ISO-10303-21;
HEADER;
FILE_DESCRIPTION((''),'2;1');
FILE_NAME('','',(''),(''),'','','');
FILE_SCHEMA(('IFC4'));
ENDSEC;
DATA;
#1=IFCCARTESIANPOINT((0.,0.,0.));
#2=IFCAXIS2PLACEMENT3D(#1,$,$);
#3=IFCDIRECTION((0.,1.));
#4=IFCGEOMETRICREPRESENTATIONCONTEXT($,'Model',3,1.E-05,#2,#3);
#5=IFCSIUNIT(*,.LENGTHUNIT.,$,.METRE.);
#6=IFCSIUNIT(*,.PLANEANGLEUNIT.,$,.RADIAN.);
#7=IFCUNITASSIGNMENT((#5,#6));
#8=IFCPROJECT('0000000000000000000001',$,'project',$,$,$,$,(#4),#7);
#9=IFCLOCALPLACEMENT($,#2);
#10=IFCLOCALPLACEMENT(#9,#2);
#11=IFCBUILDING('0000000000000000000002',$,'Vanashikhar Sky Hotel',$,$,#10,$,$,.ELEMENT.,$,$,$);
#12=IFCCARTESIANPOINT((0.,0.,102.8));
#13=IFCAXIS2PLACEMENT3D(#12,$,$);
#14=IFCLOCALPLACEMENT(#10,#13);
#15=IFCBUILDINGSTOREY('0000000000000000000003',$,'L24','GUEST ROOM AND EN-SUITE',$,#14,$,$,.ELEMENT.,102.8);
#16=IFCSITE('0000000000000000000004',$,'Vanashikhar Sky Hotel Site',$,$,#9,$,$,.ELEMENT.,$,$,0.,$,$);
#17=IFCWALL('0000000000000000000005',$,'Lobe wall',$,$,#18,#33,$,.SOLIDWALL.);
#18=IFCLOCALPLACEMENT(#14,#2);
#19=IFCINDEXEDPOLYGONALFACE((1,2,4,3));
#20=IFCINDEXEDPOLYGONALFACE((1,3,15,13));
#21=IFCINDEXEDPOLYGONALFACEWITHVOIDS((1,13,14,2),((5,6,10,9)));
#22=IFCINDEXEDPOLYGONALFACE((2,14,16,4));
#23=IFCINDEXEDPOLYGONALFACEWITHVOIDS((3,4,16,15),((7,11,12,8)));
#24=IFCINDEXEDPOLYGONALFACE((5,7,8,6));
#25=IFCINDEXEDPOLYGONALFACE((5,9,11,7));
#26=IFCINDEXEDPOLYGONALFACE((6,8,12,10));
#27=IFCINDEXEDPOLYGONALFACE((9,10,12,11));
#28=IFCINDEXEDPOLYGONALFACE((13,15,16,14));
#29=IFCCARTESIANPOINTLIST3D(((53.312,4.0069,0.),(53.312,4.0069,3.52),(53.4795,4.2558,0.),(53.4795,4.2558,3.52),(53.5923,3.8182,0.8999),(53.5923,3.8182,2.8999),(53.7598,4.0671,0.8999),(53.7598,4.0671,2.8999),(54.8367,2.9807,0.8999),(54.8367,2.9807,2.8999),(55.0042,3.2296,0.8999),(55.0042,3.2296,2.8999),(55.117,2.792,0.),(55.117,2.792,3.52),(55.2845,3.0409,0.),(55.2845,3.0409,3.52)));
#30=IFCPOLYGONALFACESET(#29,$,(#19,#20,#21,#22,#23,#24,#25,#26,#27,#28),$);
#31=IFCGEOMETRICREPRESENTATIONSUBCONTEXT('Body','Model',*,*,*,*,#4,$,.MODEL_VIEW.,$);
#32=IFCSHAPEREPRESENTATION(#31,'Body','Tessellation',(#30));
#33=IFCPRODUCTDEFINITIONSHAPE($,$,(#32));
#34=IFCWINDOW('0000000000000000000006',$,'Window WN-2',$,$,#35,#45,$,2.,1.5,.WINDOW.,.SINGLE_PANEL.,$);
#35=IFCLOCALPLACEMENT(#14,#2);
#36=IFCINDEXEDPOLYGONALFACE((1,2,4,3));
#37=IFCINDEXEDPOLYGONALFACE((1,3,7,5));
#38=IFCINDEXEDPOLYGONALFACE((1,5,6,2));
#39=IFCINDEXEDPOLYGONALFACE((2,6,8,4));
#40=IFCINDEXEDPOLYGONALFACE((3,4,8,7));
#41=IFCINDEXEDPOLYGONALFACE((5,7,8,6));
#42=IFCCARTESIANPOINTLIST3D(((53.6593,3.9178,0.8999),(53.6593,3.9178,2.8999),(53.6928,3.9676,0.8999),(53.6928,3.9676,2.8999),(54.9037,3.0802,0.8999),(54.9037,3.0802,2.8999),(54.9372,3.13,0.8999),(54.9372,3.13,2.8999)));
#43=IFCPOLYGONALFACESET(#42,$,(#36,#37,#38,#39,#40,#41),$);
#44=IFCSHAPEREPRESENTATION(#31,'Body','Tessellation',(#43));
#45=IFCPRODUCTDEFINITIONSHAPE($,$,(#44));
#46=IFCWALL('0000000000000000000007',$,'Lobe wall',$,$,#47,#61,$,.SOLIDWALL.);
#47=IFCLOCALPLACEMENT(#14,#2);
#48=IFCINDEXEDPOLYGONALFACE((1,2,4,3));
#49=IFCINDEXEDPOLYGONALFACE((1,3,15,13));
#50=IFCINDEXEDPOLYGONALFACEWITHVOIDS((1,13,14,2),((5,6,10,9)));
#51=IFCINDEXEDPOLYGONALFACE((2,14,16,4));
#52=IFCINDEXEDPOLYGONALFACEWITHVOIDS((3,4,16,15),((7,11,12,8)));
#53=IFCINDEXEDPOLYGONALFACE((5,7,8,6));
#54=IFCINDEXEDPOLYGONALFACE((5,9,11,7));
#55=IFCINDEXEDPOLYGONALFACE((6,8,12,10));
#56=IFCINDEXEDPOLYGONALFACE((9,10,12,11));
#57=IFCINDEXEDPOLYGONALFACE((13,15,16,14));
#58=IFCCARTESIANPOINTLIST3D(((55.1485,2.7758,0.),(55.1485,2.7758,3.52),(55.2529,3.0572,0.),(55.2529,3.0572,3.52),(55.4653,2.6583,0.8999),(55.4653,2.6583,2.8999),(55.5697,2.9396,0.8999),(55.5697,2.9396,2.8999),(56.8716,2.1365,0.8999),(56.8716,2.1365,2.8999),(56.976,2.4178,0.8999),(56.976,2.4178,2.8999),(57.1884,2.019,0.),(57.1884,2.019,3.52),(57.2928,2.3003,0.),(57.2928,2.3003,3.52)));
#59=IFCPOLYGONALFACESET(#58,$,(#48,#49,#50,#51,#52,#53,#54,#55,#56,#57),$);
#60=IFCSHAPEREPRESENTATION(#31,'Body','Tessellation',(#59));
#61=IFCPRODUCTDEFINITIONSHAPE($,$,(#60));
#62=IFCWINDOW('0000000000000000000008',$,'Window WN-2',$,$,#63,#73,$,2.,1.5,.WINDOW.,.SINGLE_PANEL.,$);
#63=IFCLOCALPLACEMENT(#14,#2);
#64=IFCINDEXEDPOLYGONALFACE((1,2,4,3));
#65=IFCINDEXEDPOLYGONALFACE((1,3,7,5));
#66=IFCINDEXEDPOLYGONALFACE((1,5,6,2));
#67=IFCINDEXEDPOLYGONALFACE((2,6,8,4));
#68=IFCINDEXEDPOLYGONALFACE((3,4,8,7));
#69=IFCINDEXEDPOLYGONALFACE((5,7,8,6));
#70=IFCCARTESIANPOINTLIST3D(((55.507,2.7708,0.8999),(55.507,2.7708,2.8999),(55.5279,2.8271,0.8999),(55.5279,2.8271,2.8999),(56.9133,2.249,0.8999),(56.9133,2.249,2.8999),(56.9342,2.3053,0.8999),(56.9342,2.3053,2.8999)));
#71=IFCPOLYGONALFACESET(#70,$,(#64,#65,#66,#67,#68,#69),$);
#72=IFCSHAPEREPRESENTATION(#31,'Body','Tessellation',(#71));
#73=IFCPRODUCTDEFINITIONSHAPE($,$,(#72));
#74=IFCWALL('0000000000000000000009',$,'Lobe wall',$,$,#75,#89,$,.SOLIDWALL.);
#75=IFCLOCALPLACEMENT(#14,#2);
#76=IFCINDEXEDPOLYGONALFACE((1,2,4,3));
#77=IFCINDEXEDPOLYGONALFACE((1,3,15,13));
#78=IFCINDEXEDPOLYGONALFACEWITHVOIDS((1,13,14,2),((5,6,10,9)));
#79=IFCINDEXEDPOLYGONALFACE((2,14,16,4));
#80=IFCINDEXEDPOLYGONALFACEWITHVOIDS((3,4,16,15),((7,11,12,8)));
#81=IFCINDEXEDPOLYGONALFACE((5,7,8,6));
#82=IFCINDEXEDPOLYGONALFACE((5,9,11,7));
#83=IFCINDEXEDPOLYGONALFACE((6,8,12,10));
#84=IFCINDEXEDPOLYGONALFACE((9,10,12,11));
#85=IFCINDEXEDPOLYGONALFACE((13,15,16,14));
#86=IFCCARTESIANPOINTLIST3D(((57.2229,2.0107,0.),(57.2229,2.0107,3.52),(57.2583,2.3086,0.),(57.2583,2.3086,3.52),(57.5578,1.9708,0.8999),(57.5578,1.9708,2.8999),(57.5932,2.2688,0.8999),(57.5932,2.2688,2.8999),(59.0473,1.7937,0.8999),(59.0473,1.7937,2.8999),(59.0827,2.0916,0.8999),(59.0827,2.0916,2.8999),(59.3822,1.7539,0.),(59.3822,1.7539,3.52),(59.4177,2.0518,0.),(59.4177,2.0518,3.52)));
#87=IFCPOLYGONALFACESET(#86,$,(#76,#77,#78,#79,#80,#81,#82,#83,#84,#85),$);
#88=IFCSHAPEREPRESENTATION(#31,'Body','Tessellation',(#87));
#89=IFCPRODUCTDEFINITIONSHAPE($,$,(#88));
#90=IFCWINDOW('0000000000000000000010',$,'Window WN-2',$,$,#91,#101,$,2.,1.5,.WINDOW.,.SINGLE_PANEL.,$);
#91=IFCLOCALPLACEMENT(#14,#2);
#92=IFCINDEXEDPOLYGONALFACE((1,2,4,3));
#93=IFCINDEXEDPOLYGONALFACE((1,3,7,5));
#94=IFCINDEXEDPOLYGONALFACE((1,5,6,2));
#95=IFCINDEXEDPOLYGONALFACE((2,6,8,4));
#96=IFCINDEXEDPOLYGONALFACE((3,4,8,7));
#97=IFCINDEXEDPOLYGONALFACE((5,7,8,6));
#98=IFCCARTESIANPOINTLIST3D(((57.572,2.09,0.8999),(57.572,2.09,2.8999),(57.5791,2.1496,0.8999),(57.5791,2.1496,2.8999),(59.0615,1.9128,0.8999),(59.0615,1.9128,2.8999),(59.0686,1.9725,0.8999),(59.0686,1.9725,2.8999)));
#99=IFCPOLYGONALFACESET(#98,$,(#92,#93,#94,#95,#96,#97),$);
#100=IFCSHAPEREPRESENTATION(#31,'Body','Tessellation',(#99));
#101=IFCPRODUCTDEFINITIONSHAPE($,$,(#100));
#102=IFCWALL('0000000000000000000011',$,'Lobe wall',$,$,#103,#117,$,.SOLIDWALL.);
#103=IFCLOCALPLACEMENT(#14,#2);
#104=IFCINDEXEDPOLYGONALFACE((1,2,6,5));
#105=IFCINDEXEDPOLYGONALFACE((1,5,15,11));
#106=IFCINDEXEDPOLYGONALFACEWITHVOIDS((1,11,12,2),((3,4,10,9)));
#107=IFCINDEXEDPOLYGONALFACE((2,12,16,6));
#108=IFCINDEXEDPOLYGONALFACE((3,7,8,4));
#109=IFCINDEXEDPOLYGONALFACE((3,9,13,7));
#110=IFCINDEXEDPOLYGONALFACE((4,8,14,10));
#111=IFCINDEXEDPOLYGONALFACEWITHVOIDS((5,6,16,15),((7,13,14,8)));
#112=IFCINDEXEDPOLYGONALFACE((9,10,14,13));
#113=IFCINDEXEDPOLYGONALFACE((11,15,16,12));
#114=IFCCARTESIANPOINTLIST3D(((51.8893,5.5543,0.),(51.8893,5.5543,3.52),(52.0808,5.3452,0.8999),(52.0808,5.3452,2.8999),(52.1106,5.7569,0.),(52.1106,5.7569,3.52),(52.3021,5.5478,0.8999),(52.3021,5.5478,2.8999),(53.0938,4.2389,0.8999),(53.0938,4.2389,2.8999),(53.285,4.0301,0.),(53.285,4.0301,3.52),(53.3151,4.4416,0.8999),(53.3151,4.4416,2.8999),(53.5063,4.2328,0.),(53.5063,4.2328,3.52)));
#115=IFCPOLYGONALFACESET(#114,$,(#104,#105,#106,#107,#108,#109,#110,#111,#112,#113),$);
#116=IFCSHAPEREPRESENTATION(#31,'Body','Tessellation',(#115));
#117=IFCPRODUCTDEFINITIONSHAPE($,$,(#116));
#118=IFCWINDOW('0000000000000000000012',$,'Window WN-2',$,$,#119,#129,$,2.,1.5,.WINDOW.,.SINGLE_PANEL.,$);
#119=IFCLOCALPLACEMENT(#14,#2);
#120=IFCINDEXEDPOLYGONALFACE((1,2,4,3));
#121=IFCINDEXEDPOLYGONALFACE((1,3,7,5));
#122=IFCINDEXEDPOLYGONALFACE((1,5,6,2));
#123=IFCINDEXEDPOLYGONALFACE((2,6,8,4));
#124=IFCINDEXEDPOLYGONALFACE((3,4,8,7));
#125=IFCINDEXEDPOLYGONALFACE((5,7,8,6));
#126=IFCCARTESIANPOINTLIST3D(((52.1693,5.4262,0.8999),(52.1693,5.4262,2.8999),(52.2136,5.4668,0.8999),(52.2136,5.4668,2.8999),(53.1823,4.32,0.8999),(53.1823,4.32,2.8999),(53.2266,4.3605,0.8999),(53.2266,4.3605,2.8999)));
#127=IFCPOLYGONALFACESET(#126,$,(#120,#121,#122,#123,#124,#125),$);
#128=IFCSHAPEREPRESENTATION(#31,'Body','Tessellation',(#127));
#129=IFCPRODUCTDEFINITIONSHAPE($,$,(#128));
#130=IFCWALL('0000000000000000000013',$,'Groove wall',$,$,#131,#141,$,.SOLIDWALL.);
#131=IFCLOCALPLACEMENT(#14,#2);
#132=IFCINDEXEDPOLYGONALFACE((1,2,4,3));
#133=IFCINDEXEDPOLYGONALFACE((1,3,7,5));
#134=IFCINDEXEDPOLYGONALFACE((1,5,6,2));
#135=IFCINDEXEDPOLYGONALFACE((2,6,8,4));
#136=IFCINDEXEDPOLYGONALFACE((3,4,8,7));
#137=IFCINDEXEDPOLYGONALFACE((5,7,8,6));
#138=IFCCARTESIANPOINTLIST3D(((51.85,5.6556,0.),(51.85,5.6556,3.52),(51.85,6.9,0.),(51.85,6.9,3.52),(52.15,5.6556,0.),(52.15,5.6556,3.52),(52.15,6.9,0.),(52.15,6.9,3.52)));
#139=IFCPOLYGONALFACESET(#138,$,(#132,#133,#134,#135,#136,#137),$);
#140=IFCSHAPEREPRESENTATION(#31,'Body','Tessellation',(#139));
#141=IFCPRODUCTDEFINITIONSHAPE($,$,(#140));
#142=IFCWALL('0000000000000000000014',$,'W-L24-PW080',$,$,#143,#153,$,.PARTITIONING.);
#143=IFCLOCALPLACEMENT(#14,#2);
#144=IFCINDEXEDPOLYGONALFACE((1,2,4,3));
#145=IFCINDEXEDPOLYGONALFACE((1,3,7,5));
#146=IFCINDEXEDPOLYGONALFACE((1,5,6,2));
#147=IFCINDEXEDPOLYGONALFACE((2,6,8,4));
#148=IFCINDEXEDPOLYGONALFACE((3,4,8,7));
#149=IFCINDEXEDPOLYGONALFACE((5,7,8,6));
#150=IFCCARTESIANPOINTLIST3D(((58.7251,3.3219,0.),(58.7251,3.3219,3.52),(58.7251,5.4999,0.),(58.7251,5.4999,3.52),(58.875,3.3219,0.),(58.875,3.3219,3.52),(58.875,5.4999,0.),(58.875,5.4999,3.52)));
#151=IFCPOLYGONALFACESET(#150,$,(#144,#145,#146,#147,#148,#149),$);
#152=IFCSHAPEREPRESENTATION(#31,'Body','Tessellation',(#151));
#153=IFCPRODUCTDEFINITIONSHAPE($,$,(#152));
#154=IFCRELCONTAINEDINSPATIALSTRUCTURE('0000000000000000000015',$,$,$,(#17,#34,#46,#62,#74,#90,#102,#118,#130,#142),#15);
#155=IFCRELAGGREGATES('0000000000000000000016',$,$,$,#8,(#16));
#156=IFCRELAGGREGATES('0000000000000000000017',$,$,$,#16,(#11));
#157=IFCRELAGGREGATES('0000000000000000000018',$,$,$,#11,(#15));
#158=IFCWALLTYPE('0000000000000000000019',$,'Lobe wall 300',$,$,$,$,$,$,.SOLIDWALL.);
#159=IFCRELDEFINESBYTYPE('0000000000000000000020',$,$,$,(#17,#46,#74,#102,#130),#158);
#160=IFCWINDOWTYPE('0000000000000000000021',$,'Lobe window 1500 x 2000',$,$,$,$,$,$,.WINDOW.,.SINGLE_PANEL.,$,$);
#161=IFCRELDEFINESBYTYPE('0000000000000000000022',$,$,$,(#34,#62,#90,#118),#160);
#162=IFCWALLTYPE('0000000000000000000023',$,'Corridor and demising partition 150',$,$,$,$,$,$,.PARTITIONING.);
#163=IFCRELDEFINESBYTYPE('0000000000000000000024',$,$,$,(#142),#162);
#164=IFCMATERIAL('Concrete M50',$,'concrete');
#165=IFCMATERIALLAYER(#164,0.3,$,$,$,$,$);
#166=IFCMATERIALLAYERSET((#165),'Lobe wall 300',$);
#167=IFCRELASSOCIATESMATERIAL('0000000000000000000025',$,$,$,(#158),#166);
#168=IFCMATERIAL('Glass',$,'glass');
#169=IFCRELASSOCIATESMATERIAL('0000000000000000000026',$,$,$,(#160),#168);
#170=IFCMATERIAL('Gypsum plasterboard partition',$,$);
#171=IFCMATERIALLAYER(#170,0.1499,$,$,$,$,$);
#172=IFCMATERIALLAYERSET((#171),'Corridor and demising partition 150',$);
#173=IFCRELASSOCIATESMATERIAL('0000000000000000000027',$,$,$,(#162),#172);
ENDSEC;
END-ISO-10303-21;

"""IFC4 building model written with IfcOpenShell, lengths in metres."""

from ifc_helpers import new_model, si_unit, direction, frame, frame_2d, origin, place, context, subcontext, project, spatial, rectangle, extrude, source, transform, mapped, material, layer, layer_set, type_object, element, fill, save


model = new_model("IFC4")

# Units and contexts
model_context = context("Model", 3, precision=1e-05, world=origin(), true_north=direction((0.0, 1.0)))
body_context = subcontext(model_context, "Body", "Model", "MODEL_VIEW")
ifc_project = project(units=[si_unit("LENGTHUNIT", "METRE"), si_unit("PLANEANGLEUNIT", "RADIAN")], contexts=[model_context])

# Site, building, storey
site_placement = place(None, origin())
site = spatial("IfcSite", under=ifc_project, at=site_placement, Name="Vanashikhar Sky Hotel Site", CompositionType="ELEMENT", RefElevation=0.0)
building_placement = place(site_placement, origin())
building = spatial("IfcBuilding", under=site, at=building_placement, Name="Vanashikhar Sky Hotel", CompositionType="ELEMENT")
storey_placement = place(building_placement, frame((0.0, 0.0, 102.8)))
storey = spatial("IfcBuildingStorey", under=building, at=storey_placement, Name="L24", Description="GUEST ROOM AND EN-SUITE", CompositionType="ELEMENT", Elevation=102.8)

# Walls, openings, windows
ifc_material_1 = material(Name="Concrete M50", Category="concrete")
ifc_layer_1 = layer(ifc_material_1, 0.3)
ifc_layer_set_1 = layer_set([ifc_layer_1], Name="Lobe wall 300")
wall_type_1 = type_object("IfcWallType", Name="Lobe wall 300", PredefinedType="SOLIDWALL", material=ifc_layer_set_1)
shared_shape_1 = source(origin(), body_context, "Body", "SweptSolid", [
    extrude(rectangle(XDim=2.1758, YDim=0.3, at=frame_2d((1.0879, 0.0))), origin(), (0.0, 0.0, 1.0), 3.52),
])
wall_1_placement = place(storey_placement, frame((53.3958, 4.1313, 0.0), z_axis=(0.0, 0.0, 1.0), x_axis=(0.829591, -0.558372, 0.0)))
wall_1 = element("IfcWall", 1, at=wall_1_placement, inside=storey, type_object=wall_type_1, Name="Lobe wall", PredefinedType="SOLIDWALL", context=body_context, shape_type="MappedRepresentation", body=[
    mapped(shared_shape_1, transform((0.0, 0.0, 0.0), scale=1.0)),
])
shared_shape_2 = source(origin(), body_context, "Body", "SweptSolid", [
    extrude(rectangle(XDim=1.5, YDim=2.0, at=frame_2d((0.75, 1.0))), frame((0.0, 0.1602, 0.0), z_axis=(0.0, -1.0, 0.0), x_axis=(1.0, 0.0, 0.0)), (0.0, 0.0, 1.0), 0.3201),
])
opening_1_placement = place(wall_1_placement, frame((0.3379, 0.0, 0.8999)))
opening_1 = element("IfcOpeningElement", 2, at=opening_1_placement, cuts=wall_1, PredefinedType="OPENING", context=body_context, shape_type="MappedRepresentation", body=[
    mapped(shared_shape_2, transform((0.0, 0.0, 0.0), scale=1.0)),
])
ifc_material_2 = material(Name="Glass", Category="glass")
window_type = type_object("IfcWindowType", Name="Lobe window 1500 x 2000", PartitioningType="SINGLE_PANEL", PredefinedType="WINDOW", material=ifc_material_2)
shared_shape_3 = source(origin(), body_context, "Body", "SweptSolid", [
    extrude(rectangle(XDim=1.5, YDim=2.0, at=frame_2d((0.75, 1.0))), frame((0.0, 0.03, 0.0), z_axis=(0.0, -1.0, 0.0), x_axis=(1.0, 0.0, 0.0)), (0.0, 0.0, 1.0), 0.0601),
])
window_1_placement = place(opening_1_placement, origin())
window_1 = element("IfcWindow", 3, at=window_1_placement, inside=storey, type_object=window_type, Name="Window WN-2", OverallHeight=2.0, OverallWidth=1.5, PartitioningType="SINGLE_PANEL", PredefinedType="WINDOW", context=body_context, shape_type="MappedRepresentation", body=[
    mapped(shared_shape_3, transform((0.0, 0.0, 0.0), scale=1.0)),
])
fill(opening_1, window_1)
wall_2_placement = place(storey_placement, frame((55.2007, 2.9165, 0.0), z_axis=(0.0, 0.0, 1.0), x_axis=(0.937546, -0.347863, 0.0)))
wall_2 = element("IfcWall", 4, at=wall_2_placement, inside=storey, type_object=wall_type_1, Name="Lobe wall", PredefinedType="SOLIDWALL", context=body_context, shape_type="MappedRepresentation", body=[
    mapped(shared_shape_1, transform((0.0, 0.0, 0.0), scale=1.0)),
])
opening_2_placement = place(wall_2_placement, frame((0.3379, 0.0, 0.8999)))
opening_2 = element("IfcOpeningElement", 5, at=opening_2_placement, cuts=wall_2, PredefinedType="OPENING", context=body_context, shape_type="MappedRepresentation", body=[
    mapped(shared_shape_2, transform((0.0, 0.0, 0.0), scale=1.0)),
])
window_2_placement = place(opening_2_placement, origin())
window_2 = element("IfcWindow", 6, at=window_2_placement, inside=storey, type_object=window_type, Name="Window WN-2", OverallHeight=2.0, OverallWidth=1.5, PartitioningType="SINGLE_PANEL", PredefinedType="WINDOW", context=body_context, shape_type="MappedRepresentation", body=[
    mapped(shared_shape_3, transform((0.0, 0.0, 0.0), scale=1.0)),
])
fill(opening_2, window_2)
shared_shape_4 = source(origin(), body_context, "Body", "SweptSolid", [
    extrude(rectangle(XDim=2.1746, YDim=0.3, at=frame_2d((1.0874, 0.0))), origin(), (0.0, 0.0, 1.0), 3.52),
])
wall_3_placement = place(storey_placement, frame((57.2405, 2.1597, 0.0), z_axis=(0.0, 0.0, 1.0), x_axis=(0.993001, -0.118105, 0.0)))
wall_3 = element("IfcWall", 7, at=wall_3_placement, inside=storey, type_object=wall_type_1, Name="Lobe wall", PredefinedType="SOLIDWALL", context=body_context, shape_type="MappedRepresentation", body=[
    mapped(shared_shape_4, transform((0.0, 0.0, 0.0), scale=1.0)),
])
opening_3_placement = place(wall_3_placement, frame((0.3374, 0.0, 0.8999)))
opening_3 = element("IfcOpeningElement", 8, at=opening_3_placement, cuts=wall_3, PredefinedType="OPENING", context=body_context, shape_type="MappedRepresentation", body=[
    mapped(shared_shape_2, transform((0.0, 0.0, 0.0), scale=1.0)),
])
window_3_placement = place(opening_3_placement, origin())
window_3 = element("IfcWindow", 9, at=window_3_placement, inside=storey, type_object=window_type, Name="Window WN-2", OverallHeight=2.0, OverallWidth=1.5, PartitioningType="SINGLE_PANEL", PredefinedType="WINDOW", context=body_context, shape_type="MappedRepresentation", body=[
    mapped(shared_shape_3, transform((0.0, 0.0, 0.0), scale=1.0)),
])
fill(opening_3, window_3)
shared_shape_5 = source(origin(), body_context, "Body", "SweptSolid", [
    extrude(rectangle(XDim=2.0667, YDim=0.3, at=frame_2d((1.0332, 0.0))), origin(), (0.0, 0.0, 1.0), 3.52),
])
wall_4_placement = place(storey_placement, frame((52.0, 5.6555, 0.0), z_axis=(0.0, 0.0, 1.0), x_axis=(0.675355, -0.737492, 0.0)))
wall_4 = element("IfcWall", 10, at=wall_4_placement, inside=storey, type_object=wall_type_1, Name="Lobe wall", PredefinedType="SOLIDWALL", context=body_context, shape_type="MappedRepresentation", body=[
    mapped(shared_shape_5, transform((0.0, 0.0, 0.0), scale=1.0)),
])
opening_4_placement = place(wall_4_placement, frame((0.2834, 0.0, 0.8999)))
opening_4 = element("IfcOpeningElement", 11, at=opening_4_placement, cuts=wall_4, PredefinedType="OPENING", context=body_context, shape_type="MappedRepresentation", body=[
    mapped(shared_shape_2, transform((0.0, 0.0, 0.0), scale=1.0)),
])
window_4_placement = place(opening_4_placement, origin())
window_4 = element("IfcWindow", 12, at=window_4_placement, inside=storey, type_object=window_type, Name="Window WN-2", OverallHeight=2.0, OverallWidth=1.5, PartitioningType="SINGLE_PANEL", PredefinedType="WINDOW", context=body_context, shape_type="MappedRepresentation", body=[
    mapped(shared_shape_3, transform((0.0, 0.0, 0.0), scale=1.0)),
])
fill(opening_4, window_4)

# Walls
shared_shape_6 = source(origin(), body_context, "Body", "SweptSolid", [
    extrude(rectangle(XDim=1.2444, YDim=0.3, at=frame_2d((0.6221, 0.0))), origin(), (0.0, 0.0, 1.0), 3.52),
])
wall_5_placement = place(storey_placement, frame((52.0, 6.8999, 0.0), z_axis=(0.0, 0.0, 1.0), x_axis=(0.0, -1.0, 0.0)))
element("IfcWall", 13, at=wall_5_placement, inside=storey, type_object=wall_type_1, Name="Groove wall", PredefinedType="SOLIDWALL", context=body_context, shape_type="MappedRepresentation", body=[
    mapped(shared_shape_6, transform((0.0, 0.0, 0.0), scale=1.0)),
])
ifc_material_3 = material(Name="Gypsum plasterboard partition")
ifc_layer_2 = layer(ifc_material_3, 0.1499)
ifc_layer_set_2 = layer_set([ifc_layer_2], Name="Corridor and demising partition 150")
wall_type_2 = type_object("IfcWallType", Name="Corridor and demising partition 150", PredefinedType="PARTITIONING", material=ifc_layer_set_2)
shared_shape_7 = source(origin(), body_context, "Body", "SweptSolid", [
    extrude(rectangle(XDim=2.178, YDim=0.1499, at=frame_2d((1.0889, 0.0))), origin(), (0.0, 0.0, 1.0), 3.52),
])
wall_6_placement = place(storey_placement, frame((58.8, 3.322, 0.0), z_axis=(0.0, 0.0, 1.0), x_axis=(0.0, 1.0, 0.0)))
element("IfcWall", 14, at=wall_6_placement, inside=storey, type_object=wall_type_2, Name="W-L24-PW080", PredefinedType="PARTITIONING", context=body_context, shape_type="MappedRepresentation", body=[
    mapped(shared_shape_7, transform((0.0, 0.0, 0.0), scale=1.0)),
])

save(model, "model.ifc")
